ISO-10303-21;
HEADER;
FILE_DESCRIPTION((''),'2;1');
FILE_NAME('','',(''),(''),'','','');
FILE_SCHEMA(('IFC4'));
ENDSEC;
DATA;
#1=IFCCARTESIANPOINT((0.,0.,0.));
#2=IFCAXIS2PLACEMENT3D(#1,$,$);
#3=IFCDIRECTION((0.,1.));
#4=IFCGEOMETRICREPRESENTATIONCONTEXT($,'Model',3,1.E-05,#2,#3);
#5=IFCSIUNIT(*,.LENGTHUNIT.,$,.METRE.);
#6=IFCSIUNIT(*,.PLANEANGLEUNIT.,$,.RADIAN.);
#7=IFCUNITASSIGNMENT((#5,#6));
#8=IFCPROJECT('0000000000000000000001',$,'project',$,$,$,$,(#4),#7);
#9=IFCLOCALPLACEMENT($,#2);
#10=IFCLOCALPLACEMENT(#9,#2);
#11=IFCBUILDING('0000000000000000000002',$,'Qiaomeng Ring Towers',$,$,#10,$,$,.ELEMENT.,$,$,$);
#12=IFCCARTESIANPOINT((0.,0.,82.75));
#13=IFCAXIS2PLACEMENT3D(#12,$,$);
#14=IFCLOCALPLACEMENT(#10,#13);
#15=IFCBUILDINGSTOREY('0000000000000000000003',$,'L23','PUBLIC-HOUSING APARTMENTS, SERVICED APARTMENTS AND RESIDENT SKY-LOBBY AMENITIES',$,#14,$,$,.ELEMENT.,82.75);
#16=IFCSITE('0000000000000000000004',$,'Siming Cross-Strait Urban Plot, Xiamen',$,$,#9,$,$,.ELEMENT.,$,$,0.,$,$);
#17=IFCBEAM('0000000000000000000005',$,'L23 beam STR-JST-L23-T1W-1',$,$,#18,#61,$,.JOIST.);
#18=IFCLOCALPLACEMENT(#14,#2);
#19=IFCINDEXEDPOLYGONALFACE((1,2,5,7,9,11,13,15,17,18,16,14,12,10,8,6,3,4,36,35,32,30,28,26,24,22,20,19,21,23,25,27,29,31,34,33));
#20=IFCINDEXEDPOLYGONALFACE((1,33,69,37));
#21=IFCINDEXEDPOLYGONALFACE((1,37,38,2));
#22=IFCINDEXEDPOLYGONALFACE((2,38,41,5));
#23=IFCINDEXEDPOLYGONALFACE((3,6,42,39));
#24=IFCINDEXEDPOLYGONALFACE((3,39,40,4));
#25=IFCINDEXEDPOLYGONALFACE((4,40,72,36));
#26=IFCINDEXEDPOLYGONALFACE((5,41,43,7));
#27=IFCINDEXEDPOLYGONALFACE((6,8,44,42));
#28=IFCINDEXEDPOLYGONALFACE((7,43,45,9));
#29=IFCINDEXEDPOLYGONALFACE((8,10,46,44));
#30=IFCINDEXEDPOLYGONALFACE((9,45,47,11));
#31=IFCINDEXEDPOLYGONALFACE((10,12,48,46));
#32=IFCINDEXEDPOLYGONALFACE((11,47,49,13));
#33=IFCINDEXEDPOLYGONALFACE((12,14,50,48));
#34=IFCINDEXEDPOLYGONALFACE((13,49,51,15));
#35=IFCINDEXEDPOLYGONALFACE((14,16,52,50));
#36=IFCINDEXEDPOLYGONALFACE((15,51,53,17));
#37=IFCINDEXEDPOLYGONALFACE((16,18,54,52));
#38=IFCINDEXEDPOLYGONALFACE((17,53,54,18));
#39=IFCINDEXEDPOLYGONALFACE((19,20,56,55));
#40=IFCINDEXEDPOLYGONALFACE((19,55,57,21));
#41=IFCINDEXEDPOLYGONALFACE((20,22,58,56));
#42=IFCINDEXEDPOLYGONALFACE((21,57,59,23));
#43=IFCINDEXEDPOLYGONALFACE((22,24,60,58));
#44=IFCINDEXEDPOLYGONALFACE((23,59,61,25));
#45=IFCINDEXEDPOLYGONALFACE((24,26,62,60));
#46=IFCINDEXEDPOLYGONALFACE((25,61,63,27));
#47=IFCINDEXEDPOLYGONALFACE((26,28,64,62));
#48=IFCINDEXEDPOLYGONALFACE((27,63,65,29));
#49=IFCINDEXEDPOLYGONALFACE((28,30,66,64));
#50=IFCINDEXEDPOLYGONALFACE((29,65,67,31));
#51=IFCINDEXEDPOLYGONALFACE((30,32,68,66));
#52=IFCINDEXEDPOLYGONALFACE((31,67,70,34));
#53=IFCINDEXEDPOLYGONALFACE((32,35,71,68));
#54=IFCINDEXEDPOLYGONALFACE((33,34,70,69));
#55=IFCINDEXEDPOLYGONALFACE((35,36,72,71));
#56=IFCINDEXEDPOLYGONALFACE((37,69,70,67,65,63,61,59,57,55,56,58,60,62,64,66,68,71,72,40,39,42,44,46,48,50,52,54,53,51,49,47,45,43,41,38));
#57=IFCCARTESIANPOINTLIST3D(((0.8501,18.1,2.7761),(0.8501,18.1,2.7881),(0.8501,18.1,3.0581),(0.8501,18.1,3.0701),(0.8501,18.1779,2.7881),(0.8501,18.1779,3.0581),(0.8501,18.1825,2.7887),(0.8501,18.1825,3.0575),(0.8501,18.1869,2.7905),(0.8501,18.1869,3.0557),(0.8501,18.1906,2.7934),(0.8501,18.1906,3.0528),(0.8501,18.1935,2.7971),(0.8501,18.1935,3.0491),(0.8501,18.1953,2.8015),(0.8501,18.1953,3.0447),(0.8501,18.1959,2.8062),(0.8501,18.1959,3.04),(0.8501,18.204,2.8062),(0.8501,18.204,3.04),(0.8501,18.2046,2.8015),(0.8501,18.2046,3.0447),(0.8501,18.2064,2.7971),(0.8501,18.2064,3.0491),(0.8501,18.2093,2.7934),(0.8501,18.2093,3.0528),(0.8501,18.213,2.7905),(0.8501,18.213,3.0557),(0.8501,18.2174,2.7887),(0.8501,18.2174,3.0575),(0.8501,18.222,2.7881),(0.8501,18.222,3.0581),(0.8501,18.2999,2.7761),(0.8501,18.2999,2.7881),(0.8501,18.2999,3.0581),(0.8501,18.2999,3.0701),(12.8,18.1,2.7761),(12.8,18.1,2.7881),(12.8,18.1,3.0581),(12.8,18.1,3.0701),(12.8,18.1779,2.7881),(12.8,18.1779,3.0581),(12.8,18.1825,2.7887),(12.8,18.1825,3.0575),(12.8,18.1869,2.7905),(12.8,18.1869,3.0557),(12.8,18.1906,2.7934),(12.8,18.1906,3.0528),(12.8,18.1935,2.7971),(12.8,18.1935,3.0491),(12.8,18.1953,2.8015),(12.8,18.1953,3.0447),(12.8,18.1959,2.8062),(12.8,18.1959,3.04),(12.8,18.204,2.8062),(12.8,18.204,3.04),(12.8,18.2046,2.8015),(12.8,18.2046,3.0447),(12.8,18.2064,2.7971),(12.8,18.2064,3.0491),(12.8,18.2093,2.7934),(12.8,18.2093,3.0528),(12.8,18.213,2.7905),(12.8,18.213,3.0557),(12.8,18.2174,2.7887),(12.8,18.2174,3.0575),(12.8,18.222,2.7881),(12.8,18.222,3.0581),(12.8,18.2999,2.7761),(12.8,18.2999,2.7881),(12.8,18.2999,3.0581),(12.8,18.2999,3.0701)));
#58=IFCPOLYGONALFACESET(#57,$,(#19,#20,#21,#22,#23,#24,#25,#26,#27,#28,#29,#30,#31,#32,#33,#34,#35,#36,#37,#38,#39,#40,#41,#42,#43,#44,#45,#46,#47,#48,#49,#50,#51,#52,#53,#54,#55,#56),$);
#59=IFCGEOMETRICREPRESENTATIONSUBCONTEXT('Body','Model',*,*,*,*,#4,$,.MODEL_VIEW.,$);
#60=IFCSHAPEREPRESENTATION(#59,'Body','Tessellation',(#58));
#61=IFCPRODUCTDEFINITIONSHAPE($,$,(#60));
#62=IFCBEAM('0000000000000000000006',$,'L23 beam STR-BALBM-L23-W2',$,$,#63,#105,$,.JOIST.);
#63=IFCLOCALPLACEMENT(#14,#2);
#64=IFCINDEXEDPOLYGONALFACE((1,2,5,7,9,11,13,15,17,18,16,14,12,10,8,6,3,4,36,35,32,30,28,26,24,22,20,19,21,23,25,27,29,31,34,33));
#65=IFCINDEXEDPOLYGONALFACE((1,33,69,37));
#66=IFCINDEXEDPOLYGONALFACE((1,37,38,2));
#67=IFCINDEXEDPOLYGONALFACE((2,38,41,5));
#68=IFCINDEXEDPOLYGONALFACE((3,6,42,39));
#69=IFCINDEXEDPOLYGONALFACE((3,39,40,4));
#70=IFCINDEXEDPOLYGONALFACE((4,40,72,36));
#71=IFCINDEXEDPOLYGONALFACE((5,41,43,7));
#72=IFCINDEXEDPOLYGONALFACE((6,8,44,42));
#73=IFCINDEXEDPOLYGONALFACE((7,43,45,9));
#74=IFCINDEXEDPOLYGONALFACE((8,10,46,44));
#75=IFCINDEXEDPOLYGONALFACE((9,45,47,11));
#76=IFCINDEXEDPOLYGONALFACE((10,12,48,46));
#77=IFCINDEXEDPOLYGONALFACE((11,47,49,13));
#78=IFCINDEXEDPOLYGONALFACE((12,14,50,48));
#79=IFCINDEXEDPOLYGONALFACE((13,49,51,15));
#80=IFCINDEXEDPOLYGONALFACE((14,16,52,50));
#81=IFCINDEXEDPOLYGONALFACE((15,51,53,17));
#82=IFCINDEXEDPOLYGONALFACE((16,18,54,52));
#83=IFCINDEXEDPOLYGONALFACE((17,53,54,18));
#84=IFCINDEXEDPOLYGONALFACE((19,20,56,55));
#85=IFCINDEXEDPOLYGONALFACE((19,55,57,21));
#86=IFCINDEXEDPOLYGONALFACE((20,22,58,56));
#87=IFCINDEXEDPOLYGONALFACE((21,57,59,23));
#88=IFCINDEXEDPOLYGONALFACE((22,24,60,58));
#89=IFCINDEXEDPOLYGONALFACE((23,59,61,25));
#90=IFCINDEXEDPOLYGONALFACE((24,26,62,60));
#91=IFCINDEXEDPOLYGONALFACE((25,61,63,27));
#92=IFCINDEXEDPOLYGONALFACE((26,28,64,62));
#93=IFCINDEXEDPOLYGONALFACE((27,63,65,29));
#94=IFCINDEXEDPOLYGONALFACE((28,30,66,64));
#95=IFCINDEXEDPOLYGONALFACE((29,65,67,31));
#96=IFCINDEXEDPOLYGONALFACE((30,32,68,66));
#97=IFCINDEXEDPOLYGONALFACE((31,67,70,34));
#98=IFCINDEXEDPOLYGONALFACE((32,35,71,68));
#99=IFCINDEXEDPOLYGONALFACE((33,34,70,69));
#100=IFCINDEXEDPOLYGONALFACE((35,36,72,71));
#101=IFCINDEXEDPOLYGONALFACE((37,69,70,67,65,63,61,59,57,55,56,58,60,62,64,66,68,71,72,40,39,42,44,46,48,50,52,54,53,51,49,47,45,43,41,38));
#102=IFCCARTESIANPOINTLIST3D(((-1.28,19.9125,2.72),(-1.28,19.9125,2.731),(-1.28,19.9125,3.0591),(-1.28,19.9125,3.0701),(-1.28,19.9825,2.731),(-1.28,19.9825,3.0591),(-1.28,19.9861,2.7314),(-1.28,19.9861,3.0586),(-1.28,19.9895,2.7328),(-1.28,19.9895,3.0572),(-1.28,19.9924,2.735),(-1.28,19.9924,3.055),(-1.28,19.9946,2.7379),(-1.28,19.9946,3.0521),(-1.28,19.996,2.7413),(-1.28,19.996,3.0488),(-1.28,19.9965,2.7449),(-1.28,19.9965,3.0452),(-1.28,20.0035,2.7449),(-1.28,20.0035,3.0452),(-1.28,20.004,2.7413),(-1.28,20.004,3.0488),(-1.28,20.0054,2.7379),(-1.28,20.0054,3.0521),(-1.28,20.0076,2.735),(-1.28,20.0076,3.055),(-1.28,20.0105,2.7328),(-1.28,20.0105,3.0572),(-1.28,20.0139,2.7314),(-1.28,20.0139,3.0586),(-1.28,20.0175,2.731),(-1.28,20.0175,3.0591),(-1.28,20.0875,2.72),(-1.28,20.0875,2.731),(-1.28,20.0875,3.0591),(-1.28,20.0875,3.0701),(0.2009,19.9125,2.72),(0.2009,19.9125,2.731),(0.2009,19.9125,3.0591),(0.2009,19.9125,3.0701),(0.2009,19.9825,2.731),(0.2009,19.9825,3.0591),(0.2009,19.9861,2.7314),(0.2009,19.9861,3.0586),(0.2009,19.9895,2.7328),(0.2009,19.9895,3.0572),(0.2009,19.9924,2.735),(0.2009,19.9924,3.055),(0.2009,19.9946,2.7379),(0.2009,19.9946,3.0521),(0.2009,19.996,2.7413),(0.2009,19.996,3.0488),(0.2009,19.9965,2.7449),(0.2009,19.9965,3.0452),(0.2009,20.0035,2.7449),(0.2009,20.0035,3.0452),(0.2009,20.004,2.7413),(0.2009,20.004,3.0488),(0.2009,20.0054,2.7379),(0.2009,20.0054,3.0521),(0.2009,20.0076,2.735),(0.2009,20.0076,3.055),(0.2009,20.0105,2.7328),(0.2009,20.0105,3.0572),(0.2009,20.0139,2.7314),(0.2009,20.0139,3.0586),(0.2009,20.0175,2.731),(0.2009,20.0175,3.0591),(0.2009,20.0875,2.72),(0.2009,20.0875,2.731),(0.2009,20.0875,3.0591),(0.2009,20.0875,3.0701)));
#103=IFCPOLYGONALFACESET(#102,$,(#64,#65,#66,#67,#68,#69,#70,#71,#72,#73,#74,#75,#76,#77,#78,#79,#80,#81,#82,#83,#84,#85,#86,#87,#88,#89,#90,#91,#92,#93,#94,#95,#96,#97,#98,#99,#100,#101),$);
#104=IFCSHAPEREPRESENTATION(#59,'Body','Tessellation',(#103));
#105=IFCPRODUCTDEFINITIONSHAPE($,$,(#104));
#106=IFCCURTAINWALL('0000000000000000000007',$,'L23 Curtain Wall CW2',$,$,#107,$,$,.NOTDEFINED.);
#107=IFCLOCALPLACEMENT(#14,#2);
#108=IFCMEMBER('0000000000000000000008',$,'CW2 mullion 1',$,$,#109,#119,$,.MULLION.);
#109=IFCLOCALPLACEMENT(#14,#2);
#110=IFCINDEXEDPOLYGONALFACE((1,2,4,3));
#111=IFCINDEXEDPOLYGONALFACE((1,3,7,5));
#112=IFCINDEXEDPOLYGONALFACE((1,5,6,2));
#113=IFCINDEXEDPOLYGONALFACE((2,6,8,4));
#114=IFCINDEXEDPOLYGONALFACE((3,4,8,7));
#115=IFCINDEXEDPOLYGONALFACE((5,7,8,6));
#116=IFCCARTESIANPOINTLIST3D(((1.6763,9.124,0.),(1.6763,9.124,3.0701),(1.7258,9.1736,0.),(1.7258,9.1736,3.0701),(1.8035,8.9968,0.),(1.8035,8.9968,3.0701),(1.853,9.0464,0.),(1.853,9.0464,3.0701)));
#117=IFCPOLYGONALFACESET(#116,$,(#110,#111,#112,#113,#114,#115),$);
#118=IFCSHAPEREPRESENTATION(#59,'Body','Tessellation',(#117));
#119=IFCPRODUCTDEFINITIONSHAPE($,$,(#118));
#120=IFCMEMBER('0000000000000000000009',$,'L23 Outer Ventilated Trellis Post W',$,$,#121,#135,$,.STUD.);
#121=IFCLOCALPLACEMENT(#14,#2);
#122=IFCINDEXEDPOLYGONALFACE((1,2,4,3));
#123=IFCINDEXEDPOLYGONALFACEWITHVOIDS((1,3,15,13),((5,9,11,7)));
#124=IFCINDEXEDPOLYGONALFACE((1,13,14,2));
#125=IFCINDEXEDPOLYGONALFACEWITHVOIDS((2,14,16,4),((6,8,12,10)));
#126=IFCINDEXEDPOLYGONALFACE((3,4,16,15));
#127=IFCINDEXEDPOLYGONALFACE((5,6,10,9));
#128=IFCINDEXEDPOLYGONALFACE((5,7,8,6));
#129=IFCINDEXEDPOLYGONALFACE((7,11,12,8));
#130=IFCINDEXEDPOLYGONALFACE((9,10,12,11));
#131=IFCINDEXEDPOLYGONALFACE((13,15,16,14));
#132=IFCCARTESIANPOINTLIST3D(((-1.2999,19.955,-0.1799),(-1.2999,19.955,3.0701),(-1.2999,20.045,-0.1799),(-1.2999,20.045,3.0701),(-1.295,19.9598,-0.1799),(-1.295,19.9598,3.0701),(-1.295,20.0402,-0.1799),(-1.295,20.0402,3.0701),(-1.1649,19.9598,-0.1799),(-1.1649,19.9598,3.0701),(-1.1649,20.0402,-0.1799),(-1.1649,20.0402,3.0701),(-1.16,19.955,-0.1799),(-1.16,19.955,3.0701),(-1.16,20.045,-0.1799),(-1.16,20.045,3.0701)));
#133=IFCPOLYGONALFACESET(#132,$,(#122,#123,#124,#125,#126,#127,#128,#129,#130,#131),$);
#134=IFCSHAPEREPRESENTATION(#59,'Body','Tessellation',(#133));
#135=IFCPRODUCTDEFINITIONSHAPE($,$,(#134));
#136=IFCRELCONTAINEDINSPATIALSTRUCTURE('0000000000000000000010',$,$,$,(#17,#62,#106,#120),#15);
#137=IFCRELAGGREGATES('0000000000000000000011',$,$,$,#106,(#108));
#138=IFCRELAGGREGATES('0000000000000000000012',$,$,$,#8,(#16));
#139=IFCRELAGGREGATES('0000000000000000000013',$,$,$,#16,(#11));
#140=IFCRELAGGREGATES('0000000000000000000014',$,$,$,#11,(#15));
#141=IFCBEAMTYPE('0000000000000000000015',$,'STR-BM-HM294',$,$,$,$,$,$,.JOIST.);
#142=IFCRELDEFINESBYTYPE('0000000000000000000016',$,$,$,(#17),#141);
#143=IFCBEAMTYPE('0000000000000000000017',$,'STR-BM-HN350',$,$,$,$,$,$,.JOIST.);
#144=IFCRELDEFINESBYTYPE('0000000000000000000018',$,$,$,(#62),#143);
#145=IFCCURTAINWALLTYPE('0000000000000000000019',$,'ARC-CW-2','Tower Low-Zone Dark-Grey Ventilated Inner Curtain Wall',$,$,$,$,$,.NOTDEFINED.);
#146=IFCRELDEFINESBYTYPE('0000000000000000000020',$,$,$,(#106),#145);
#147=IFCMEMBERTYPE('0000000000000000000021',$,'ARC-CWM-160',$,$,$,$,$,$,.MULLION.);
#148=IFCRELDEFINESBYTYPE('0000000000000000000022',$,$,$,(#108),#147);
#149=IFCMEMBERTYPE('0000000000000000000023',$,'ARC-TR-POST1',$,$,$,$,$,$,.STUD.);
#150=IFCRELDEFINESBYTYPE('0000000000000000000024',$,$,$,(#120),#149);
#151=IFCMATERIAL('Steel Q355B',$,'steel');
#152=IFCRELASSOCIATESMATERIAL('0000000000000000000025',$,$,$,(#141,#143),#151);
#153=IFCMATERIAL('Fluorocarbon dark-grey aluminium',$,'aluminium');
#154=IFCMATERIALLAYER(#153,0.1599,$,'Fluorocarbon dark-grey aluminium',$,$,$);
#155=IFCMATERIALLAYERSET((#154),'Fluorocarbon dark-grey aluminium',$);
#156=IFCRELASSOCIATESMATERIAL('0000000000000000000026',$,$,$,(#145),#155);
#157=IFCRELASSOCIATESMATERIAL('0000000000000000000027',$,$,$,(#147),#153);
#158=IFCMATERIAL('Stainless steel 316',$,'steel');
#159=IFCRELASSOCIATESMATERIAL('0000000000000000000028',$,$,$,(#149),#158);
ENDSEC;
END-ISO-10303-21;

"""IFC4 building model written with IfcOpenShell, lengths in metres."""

from ifc_helpers import new_model, si_unit, direction, frame, origin, origin_2d, place, context, subcontext, project, spatial, rectangle, hollow_rectangle, i_section, extrude, source, transform, mapped, material, layer, layer_set, material_profile, profile_set, type_object, element, aggregate, save


model = new_model("IFC4")

# Units and contexts
model_context = context("Model", 3, precision=1e-05, world=origin(), true_north=direction((0.0, 1.0)))
body_context = subcontext(model_context, "Body", "Model", "MODEL_VIEW")
ifc_project = project(units=[si_unit("LENGTHUNIT", "METRE"), si_unit("PLANEANGLEUNIT", "RADIAN")], contexts=[model_context])

# Site, building, storey
site_placement = place(None, origin())
site = spatial("IfcSite", under=ifc_project, at=site_placement, Name="Siming Cross-Strait Urban Plot, Xiamen", CompositionType="ELEMENT", RefElevation=0.0)
building_placement = place(site_placement, origin())
building = spatial("IfcBuilding", under=site, at=building_placement, Name="Qiaomeng Ring Towers", CompositionType="ELEMENT")
storey_placement = place(building_placement, frame((0.0, 0.0, 82.75)))
storey = spatial("IfcBuildingStorey", under=building, at=storey_placement, Name="L23", Description="PUBLIC-HOUSING APARTMENTS, SERVICED APARTMENTS AND RESIDENT SKY-LOBBY AMENITIES", CompositionType="ELEMENT", Elevation=82.75)

# Beams
ifc_material_1 = material(Name="Steel Q355B", Category="steel")
ifc_material_profile_1 = material_profile(ifc_material_1, i_section(OverallWidth=0.2, OverallDepth=0.2939, WebThickness=0.0081, FlangeThickness=0.012, FilletRadius=0.0181, at=origin_2d()), Name="HM 294x200x8x12")
ifc_profile_set_1 = profile_set([ifc_material_profile_1], Name="Steel Q355B")
beam_type_1 = type_object("IfcBeamType", Name="STR-BM-HM294", PredefinedType="JOIST", material=ifc_profile_set_1)
shared_shape_1 = source(origin(), body_context, "Body", "SweptSolid", [
    extrude(i_section(OverallWidth=0.2, OverallDepth=0.2939, WebThickness=0.0081, FlangeThickness=0.012, FilletRadius=0.0181, at=origin_2d()), origin(), (0.0, 0.0, 1.0), 11.95),
])
beam_1_placement = place(storey_placement, frame((0.8501, 18.2, 2.9231), z_axis=(1.0, 0.0, 0.0), x_axis=(0.0, 1.0, 0.0)))
element("IfcBeam", 1, at=beam_1_placement, inside=storey, type_object=beam_type_1, Name="L23 beam STR-JST-L23-T1W-1", PredefinedType="JOIST", context=body_context, shape_type="MappedRepresentation", body=[
    mapped(shared_shape_1, transform((0.0, 0.0, 0.0), x_axis=(1.0, 0.0, 0.0), y_axis=(0.0, 1.0, 0.0), z_axis=(0.0, 0.0, 1.0), scale=1.0)),
])
ifc_material_profile_2 = material_profile(ifc_material_1, i_section(OverallWidth=0.175, OverallDepth=0.3501, WebThickness=0.0071, FlangeThickness=0.011, FilletRadius=0.0139, at=origin_2d()), Name="HN 350x175x7x11")
ifc_profile_set_2 = profile_set([ifc_material_profile_2], Name="Steel Q355B")
beam_type_2 = type_object("IfcBeamType", Name="STR-BM-HN350", PredefinedType="JOIST", material=ifc_profile_set_2)
shared_shape_2 = source(origin(), body_context, "Body", "SweptSolid", [
    extrude(i_section(OverallWidth=0.175, OverallDepth=0.3501, WebThickness=0.0071, FlangeThickness=0.011, FilletRadius=0.0139, at=origin_2d()), origin(), (0.0, 0.0, 1.0), 1.481),
])
beam_2_placement = place(storey_placement, frame((-1.28, 20.0, 2.895), z_axis=(1.0, 0.0, 0.0), x_axis=(0.0, 1.0, 0.0)))
element("IfcBeam", 2, at=beam_2_placement, inside=storey, type_object=beam_type_2, Name="L23 beam STR-BALBM-L23-W2", PredefinedType="JOIST", context=body_context, shape_type="MappedRepresentation", body=[
    mapped(shared_shape_2, transform((0.0, 0.0, 0.0), x_axis=(1.0, 0.0, 0.0), y_axis=(0.0, 1.0, 0.0), z_axis=(0.0, 0.0, 1.0), scale=1.0)),
])

# Curtain wall, member
ifc_material_2 = material(Name="Fluorocarbon dark-grey aluminium", Category="aluminium")
ifc_layer_1 = layer(ifc_material_2, 0.1599, Name="Fluorocarbon dark-grey aluminium")
ifc_layer_set_1 = layer_set([ifc_layer_1], Name="Fluorocarbon dark-grey aluminium")
curtain_wall_type = type_object("IfcCurtainWallType", Name="ARC-CW-2", Description="Tower Low-Zone Dark-Grey Ventilated Inner Curtain Wall", PredefinedType="NOTDEFINED", material=ifc_layer_set_1)
curtain_wall_placement = place(storey_placement, origin())
curtain_wall = element("IfcCurtainWall", 3, at=curtain_wall_placement, inside=storey, type_object=curtain_wall_type, Name="L23 Curtain Wall CW2", PredefinedType="NOTDEFINED")
ifc_material_profile_3 = material_profile(ifc_material_2, rectangle(XDim=0.0701, YDim=0.1799, at=origin_2d()), Name="ALU MULL 70x180")
ifc_profile_set_3 = profile_set([ifc_material_profile_3], Name="Fluorocarbon dark-grey aluminium")
member_type_1 = type_object("IfcMemberType", Name="ARC-CWM-160", PredefinedType="MULLION", material=ifc_profile_set_3)
shared_shape_3 = source(origin(), body_context, "Body", "SweptSolid", [
    extrude(rectangle(XDim=0.0701, YDim=0.1799, at=origin_2d()), origin(), (0.0, 0.0, 1.0), 3.0701),
])
member_1_placement = place(storey_placement, frame((1.7646, 9.0852, 0.0), z_axis=(0.0, 0.0, 1.0), x_axis=(0.707107, 0.707107, 0.0)))
member_1 = element("IfcMember", 4, at=member_1_placement, type_object=member_type_1, Name="CW2 mullion 1", PredefinedType="MULLION", context=body_context, shape_type="MappedRepresentation", body=[
    mapped(shared_shape_3, transform((0.0, 0.0, 0.0), x_axis=(1.0, 0.0, 0.0), y_axis=(0.0, 1.0, 0.0), z_axis=(0.0, 0.0, 1.0), scale=1.0)),
])
aggregate(curtain_wall, [member_1])

# Member
ifc_material_3 = material(Name="Stainless steel 316", Category="steel")
ifc_material_profile_4 = material_profile(ifc_material_3, hollow_rectangle(XDim=0.0901, YDim=0.1399, WallThickness=0.0049, at=origin_2d()), Name="SS TRELLIS 90x140")
ifc_profile_set_4 = profile_set([ifc_material_profile_4], Name="Stainless steel 316")
member_type_2 = type_object("IfcMemberType", Name="ARC-TR-POST1", PredefinedType="STUD", material=ifc_profile_set_4)
shared_shape_4 = source(origin(), body_context, "Body", "SweptSolid", [
    extrude(hollow_rectangle(XDim=0.0901, YDim=0.1399, WallThickness=0.0049, at=origin_2d()), origin(), (0.0, 0.0, 1.0), 3.25),
])
member_2_placement = place(storey_placement, frame((-1.23, 20.0, -0.1799), z_axis=(0.0, 0.0, 1.0), x_axis=(0.0, 1.0, 0.0)))
element("IfcMember", 5, at=member_2_placement, inside=storey, type_object=member_type_2, Name="L23 Outer Ventilated Trellis Post W", PredefinedType="STUD", context=body_context, shape_type="MappedRepresentation", body=[
    mapped(shared_shape_4, transform((0.0, 0.0, 0.0), x_axis=(1.0, 0.0, 0.0), y_axis=(0.0, 1.0, 0.0), z_axis=(0.0, 0.0, 1.0), scale=1.0)),
])

save(model, "model.ifc")
